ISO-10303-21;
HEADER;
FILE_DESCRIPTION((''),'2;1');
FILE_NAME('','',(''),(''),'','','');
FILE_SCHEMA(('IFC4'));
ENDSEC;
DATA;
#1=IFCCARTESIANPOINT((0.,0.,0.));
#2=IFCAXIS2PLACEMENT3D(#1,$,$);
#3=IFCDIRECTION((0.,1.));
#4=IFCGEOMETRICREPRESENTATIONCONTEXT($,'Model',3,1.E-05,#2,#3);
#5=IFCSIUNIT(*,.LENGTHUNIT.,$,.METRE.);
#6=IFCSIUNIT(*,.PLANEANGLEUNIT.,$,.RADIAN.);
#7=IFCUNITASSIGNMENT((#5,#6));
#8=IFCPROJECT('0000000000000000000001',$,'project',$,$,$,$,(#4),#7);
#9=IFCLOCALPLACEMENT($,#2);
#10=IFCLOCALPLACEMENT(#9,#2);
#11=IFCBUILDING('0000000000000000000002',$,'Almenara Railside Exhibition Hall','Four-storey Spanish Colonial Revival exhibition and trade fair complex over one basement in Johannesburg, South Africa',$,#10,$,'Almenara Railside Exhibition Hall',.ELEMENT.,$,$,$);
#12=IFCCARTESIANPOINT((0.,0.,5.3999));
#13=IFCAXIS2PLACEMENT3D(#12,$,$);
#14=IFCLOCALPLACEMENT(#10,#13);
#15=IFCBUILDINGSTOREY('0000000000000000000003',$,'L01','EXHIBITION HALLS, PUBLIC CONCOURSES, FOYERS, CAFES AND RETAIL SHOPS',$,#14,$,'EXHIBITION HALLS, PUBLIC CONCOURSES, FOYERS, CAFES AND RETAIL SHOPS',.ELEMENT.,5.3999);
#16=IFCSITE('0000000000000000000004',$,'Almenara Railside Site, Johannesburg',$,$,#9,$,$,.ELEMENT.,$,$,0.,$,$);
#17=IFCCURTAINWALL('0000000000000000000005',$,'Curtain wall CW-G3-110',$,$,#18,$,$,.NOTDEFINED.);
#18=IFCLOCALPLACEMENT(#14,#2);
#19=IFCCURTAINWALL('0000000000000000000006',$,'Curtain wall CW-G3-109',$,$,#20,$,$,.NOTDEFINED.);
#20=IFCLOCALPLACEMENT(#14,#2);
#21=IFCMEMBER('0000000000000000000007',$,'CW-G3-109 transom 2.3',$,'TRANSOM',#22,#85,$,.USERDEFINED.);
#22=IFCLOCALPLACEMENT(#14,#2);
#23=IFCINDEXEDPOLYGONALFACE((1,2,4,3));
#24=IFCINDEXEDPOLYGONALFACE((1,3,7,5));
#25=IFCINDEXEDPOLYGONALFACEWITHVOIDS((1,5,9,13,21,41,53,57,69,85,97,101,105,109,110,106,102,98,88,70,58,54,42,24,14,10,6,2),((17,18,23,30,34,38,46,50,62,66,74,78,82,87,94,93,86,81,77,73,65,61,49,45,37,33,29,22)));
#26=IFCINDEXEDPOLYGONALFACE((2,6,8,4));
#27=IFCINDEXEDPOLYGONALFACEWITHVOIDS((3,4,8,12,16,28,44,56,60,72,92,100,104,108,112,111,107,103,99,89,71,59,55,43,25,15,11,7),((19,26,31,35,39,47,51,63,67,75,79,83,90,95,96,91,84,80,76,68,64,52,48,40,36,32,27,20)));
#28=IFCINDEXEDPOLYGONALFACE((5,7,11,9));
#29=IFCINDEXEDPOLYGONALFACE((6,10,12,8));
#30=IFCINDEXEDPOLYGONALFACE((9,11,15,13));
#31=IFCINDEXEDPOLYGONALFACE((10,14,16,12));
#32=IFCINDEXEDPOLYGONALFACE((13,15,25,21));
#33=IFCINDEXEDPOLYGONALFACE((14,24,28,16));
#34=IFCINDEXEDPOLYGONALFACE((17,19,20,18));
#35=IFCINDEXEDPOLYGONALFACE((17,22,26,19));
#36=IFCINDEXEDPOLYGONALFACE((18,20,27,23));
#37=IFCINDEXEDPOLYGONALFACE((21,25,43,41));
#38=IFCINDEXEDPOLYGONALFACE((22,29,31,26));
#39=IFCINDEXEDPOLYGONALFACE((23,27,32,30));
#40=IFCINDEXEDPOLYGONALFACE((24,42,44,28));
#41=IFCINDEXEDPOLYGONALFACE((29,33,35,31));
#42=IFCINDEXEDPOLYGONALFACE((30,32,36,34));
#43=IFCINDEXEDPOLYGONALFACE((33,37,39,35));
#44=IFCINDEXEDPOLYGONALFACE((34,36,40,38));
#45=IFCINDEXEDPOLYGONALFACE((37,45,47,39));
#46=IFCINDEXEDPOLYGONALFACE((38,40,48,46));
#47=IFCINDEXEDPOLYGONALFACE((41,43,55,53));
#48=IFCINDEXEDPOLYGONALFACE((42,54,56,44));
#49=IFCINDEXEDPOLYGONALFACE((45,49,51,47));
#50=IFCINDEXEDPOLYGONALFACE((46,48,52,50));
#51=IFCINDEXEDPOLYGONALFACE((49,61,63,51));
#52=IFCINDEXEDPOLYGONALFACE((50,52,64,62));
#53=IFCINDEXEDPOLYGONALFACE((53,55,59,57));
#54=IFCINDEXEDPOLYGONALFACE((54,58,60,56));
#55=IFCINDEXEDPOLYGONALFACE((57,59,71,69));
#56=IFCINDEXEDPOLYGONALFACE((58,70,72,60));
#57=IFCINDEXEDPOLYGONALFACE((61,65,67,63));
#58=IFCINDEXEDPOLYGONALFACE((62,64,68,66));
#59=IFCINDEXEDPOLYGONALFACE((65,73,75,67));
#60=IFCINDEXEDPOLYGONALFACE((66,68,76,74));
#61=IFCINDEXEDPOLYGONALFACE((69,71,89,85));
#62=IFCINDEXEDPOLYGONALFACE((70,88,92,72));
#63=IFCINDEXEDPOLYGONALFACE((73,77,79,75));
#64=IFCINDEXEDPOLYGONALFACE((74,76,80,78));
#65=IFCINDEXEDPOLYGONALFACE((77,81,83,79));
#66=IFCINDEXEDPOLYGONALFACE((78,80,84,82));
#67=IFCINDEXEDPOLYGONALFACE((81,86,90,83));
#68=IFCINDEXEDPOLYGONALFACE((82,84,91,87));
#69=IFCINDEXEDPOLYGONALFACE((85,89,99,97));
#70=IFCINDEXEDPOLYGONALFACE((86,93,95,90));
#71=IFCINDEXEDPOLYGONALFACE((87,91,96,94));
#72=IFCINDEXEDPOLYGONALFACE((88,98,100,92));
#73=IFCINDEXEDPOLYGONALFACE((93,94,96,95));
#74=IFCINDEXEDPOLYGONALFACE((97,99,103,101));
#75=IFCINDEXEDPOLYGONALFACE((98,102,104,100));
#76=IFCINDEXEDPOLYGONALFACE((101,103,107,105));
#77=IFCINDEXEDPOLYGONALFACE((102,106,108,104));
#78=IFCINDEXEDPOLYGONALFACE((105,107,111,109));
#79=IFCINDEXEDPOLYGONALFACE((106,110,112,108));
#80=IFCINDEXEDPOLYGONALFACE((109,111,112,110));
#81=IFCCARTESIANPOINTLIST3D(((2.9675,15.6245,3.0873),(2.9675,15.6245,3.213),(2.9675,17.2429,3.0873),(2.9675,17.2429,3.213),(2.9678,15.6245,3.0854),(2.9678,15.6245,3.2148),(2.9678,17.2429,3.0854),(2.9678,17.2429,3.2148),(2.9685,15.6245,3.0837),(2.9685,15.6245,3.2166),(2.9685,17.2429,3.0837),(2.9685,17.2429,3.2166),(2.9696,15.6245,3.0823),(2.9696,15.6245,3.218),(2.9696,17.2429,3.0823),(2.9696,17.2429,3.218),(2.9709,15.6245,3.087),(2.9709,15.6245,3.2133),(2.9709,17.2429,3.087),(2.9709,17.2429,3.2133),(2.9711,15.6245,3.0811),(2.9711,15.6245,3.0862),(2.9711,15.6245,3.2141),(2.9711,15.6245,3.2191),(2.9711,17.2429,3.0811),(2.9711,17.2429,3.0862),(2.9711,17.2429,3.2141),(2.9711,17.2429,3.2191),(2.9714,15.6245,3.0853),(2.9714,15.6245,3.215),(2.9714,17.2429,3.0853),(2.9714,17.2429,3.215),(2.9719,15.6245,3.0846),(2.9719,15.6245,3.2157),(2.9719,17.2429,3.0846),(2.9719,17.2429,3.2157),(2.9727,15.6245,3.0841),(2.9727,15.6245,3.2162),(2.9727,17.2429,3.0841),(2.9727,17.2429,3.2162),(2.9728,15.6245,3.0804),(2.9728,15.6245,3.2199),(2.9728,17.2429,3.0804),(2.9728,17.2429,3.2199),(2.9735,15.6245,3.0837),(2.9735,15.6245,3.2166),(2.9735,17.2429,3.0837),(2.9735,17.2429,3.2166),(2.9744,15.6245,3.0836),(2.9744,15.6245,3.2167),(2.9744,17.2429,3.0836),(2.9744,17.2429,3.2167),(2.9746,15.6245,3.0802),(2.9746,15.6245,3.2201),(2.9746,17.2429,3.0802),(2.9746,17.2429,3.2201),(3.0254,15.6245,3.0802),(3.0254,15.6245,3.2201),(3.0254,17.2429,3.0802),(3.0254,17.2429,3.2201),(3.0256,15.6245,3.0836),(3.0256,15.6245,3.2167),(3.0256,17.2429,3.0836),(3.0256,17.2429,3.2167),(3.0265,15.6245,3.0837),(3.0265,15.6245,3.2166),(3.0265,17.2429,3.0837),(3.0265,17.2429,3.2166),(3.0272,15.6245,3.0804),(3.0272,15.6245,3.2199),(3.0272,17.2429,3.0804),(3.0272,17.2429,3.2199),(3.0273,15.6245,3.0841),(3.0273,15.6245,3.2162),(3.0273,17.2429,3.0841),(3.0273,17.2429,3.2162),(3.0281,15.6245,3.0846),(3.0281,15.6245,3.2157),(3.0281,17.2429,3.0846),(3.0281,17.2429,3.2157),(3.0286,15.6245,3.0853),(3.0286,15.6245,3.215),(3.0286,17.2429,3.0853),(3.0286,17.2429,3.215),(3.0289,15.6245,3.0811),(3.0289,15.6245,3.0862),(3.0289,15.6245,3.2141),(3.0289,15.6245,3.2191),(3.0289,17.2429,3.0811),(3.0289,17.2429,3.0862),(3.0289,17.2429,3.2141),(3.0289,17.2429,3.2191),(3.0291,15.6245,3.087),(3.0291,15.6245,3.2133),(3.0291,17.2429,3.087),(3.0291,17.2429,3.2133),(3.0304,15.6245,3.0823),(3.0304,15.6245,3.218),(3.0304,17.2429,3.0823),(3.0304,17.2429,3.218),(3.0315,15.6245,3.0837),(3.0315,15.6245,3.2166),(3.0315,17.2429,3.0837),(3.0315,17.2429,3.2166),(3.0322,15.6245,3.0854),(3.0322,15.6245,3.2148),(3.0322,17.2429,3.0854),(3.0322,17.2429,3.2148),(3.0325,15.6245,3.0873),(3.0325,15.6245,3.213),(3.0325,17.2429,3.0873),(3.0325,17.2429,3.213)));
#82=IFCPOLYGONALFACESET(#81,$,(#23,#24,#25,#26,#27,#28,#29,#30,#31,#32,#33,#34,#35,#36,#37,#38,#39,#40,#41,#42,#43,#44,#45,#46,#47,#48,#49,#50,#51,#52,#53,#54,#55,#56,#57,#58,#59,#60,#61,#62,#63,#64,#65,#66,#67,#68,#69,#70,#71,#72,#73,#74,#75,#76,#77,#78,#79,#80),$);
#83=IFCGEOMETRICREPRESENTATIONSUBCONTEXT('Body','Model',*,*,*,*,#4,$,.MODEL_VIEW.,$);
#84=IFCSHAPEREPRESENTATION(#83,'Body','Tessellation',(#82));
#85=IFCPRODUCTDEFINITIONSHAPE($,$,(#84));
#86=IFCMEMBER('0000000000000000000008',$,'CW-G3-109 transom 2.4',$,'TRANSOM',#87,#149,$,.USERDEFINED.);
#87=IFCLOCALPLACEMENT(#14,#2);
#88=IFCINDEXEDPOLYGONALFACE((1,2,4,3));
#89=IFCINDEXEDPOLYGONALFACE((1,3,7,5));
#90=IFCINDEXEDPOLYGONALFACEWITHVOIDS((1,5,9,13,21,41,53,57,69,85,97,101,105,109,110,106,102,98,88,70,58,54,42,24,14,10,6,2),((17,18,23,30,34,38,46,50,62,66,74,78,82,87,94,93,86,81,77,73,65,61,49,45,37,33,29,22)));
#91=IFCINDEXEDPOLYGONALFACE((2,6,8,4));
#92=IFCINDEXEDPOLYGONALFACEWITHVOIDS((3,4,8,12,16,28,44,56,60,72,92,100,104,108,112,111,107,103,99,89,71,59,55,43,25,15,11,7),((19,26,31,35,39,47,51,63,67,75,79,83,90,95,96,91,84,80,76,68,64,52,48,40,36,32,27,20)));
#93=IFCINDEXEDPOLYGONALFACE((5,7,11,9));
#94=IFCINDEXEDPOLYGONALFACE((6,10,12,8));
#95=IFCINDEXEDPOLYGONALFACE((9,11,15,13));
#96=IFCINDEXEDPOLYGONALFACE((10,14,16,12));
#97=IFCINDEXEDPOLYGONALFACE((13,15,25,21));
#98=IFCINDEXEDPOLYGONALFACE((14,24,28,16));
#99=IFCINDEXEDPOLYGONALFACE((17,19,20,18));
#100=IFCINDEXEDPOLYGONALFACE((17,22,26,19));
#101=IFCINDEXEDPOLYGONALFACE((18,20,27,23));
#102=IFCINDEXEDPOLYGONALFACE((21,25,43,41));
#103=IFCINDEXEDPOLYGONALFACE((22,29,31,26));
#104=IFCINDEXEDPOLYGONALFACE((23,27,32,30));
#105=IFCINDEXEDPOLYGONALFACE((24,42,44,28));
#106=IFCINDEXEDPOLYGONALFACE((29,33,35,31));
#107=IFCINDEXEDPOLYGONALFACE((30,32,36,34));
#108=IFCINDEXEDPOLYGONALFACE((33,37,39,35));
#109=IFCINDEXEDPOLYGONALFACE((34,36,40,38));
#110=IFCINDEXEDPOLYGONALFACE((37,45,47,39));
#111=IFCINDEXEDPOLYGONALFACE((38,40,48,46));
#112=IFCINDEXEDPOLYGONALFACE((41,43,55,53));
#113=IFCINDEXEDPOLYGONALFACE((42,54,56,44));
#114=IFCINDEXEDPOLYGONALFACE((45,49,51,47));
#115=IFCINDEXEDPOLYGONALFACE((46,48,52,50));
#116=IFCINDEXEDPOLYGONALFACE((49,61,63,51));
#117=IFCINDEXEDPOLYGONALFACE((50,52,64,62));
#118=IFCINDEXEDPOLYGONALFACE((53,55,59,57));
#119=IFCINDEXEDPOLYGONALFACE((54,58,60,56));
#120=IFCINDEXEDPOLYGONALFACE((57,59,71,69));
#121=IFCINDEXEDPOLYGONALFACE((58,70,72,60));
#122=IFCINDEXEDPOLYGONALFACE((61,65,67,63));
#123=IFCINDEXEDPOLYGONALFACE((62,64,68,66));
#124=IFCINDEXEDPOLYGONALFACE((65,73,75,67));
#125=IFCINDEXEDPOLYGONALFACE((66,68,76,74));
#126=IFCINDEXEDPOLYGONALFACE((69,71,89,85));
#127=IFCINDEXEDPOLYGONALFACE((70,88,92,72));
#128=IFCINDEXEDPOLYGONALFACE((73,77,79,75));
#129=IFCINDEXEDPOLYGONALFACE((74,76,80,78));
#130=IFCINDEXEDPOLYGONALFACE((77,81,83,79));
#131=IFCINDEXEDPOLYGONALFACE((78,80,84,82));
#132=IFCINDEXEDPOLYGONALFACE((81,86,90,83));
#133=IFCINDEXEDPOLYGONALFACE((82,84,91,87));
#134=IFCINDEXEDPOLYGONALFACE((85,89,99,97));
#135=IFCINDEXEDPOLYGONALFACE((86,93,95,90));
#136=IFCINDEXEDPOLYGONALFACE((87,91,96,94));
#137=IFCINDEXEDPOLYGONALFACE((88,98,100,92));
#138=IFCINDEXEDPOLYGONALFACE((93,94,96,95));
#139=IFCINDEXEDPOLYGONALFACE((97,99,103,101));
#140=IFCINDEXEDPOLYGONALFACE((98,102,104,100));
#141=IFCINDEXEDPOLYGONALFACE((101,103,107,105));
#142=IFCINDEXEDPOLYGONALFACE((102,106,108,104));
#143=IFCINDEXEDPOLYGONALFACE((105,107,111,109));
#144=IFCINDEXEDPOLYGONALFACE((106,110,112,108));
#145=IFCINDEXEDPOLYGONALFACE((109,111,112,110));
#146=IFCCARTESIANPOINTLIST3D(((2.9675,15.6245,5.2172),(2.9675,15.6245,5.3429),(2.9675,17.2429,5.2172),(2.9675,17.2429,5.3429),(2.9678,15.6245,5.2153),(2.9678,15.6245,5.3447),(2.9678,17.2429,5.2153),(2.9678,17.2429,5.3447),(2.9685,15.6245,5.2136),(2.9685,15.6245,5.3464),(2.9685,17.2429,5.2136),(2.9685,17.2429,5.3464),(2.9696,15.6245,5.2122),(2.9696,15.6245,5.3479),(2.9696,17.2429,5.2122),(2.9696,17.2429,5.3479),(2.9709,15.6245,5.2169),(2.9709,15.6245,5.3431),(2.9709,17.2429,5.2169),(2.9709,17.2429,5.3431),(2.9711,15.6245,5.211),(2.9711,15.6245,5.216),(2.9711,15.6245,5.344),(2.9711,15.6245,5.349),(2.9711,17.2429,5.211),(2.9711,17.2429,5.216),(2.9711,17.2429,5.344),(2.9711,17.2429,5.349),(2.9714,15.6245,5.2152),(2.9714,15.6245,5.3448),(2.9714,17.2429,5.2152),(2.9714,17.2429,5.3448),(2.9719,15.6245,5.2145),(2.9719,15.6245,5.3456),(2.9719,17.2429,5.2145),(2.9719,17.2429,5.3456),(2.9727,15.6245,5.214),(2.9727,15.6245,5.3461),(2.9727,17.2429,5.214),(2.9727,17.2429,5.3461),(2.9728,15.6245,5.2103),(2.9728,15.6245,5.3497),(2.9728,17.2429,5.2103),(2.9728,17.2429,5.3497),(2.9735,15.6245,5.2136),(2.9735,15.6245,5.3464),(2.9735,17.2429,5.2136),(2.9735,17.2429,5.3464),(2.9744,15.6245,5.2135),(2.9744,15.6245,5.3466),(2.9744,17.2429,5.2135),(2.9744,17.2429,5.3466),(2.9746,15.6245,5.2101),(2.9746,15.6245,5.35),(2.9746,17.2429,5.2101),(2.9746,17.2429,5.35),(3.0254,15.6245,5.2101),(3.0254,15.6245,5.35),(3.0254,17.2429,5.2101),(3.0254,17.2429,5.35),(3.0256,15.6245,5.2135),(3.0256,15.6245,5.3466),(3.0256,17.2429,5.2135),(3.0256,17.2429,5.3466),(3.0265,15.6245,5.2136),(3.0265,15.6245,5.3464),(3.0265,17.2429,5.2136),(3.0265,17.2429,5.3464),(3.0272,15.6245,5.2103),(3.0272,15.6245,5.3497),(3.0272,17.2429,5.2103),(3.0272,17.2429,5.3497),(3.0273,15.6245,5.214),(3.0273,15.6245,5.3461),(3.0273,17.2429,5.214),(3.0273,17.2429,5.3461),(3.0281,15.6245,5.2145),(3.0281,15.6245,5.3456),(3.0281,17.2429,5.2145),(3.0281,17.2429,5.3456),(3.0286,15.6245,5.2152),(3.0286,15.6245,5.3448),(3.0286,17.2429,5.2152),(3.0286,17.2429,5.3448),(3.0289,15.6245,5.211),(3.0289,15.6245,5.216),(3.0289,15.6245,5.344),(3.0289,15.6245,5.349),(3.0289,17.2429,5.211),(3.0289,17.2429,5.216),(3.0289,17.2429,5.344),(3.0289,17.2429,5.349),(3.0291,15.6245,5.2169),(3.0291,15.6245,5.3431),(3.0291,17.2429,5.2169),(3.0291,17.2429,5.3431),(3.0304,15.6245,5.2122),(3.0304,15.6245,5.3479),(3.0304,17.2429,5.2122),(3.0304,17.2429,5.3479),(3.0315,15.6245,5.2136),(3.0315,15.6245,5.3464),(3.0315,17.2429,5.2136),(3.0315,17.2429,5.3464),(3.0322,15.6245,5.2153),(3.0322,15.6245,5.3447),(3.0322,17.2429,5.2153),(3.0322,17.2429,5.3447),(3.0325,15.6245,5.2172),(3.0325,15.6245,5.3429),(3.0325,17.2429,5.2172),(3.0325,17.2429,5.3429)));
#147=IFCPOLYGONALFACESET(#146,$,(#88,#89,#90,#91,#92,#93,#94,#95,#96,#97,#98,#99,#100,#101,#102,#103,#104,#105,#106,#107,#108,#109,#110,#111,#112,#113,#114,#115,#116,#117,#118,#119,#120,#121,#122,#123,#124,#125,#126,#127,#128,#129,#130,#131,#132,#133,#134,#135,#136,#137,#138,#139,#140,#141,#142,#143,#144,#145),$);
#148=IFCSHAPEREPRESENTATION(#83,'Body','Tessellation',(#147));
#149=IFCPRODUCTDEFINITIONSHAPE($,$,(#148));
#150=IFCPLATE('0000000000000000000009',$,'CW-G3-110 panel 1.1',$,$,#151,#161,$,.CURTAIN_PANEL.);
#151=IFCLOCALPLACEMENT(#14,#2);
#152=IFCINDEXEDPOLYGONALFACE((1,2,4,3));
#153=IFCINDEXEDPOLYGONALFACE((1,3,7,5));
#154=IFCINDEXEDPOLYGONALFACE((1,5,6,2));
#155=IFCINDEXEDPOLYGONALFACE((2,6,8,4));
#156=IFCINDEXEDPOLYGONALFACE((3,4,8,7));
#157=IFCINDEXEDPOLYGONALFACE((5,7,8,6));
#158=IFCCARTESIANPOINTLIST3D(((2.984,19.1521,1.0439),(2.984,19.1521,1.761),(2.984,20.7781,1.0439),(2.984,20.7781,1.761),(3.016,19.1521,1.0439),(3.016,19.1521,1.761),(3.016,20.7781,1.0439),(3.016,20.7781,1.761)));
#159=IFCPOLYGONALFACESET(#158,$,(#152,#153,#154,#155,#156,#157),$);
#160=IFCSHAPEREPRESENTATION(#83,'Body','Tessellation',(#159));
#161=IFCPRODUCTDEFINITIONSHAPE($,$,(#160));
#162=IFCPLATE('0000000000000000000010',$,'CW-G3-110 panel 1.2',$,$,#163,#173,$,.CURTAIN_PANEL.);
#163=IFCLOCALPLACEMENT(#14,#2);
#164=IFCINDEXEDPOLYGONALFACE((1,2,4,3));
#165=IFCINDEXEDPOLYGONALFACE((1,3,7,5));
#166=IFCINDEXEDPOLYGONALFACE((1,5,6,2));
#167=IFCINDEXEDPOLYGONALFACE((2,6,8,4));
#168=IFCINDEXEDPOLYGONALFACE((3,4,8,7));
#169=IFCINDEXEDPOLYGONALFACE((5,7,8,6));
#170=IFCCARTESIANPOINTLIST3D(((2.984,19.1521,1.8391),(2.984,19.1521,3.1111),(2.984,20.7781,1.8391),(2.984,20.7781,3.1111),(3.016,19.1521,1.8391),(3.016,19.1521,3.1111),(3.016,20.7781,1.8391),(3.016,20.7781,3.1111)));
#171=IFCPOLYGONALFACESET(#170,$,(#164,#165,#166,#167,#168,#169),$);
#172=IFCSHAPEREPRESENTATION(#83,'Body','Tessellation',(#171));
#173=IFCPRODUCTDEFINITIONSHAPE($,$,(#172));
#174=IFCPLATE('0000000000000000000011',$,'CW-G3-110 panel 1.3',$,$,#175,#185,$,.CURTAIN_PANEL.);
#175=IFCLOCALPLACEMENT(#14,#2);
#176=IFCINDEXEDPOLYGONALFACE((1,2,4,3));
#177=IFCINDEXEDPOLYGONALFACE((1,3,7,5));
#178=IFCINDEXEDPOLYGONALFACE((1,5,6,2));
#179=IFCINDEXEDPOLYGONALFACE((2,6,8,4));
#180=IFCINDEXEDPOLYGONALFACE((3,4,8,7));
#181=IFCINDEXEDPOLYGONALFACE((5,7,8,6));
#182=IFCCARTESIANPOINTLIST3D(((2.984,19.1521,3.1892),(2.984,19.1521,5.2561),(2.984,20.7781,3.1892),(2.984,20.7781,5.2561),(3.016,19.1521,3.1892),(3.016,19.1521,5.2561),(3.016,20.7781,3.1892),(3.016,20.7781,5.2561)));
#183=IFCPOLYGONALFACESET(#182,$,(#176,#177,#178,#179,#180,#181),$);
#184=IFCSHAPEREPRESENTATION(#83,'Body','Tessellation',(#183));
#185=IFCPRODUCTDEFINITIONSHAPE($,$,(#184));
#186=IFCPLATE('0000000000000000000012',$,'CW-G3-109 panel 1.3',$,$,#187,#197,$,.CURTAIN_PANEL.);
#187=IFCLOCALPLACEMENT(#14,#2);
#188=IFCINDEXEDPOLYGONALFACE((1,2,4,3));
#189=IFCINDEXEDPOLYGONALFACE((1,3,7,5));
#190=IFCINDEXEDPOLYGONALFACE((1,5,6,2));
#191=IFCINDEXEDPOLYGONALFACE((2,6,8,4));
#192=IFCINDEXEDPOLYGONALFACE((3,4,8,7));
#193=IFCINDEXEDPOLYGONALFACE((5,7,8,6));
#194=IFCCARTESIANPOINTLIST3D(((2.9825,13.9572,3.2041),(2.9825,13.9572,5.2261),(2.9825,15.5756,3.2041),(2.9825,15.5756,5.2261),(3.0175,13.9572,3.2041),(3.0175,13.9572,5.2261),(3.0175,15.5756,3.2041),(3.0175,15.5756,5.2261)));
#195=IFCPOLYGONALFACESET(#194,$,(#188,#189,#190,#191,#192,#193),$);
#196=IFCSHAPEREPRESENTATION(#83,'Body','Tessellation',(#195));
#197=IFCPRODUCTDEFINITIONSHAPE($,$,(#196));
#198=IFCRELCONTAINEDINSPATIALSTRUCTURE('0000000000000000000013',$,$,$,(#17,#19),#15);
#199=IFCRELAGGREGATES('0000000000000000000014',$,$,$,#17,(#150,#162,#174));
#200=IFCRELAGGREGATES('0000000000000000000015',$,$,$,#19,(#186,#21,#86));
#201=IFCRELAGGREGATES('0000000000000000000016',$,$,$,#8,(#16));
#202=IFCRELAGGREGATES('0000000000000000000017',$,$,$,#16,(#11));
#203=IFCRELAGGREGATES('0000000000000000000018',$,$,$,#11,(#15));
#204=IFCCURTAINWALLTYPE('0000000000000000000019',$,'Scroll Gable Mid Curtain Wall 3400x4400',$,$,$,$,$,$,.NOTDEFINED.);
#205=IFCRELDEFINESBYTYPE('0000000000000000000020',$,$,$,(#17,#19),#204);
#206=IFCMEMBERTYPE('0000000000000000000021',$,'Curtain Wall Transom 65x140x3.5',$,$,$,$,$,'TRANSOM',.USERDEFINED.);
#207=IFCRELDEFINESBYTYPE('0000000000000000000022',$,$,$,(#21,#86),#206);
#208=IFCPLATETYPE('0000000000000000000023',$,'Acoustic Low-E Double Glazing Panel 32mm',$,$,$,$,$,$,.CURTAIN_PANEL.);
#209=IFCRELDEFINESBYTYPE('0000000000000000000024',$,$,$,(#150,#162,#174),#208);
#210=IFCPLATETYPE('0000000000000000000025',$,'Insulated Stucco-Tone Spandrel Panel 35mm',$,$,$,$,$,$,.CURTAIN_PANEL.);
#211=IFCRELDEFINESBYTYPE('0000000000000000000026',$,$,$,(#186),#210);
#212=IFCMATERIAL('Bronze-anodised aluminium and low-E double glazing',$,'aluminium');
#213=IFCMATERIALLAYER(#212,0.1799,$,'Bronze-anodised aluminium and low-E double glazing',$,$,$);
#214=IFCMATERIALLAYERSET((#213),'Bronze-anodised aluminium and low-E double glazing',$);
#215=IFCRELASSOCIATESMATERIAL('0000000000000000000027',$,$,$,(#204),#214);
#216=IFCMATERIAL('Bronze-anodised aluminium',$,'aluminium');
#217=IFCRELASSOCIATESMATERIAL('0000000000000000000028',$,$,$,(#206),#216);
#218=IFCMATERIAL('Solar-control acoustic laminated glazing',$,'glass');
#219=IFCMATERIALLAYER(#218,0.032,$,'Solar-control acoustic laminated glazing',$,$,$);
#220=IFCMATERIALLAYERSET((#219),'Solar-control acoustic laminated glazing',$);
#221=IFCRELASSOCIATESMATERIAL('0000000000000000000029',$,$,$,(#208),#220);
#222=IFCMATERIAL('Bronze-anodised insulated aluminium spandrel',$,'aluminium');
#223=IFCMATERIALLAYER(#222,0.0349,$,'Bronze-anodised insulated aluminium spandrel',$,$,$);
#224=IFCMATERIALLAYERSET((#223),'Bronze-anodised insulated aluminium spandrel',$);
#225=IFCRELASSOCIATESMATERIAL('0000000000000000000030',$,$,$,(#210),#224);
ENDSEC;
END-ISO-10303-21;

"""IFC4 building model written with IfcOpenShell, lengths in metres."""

from ifc_helpers import new_model, si_unit, direction, frame, origin, origin_2d, place, context, subcontext, project, spatial, rectangle, hollow_rectangle, extrude, material, layer, layer_set, material_profile, profile_set, type_object, element, aggregate, save


model = new_model("IFC4")

# Units and contexts
model_context = context("Model", 3, precision=1e-05, world=origin(), true_north=direction((0.0, 1.0)))
body_context = subcontext(model_context, "Body", "Model", "MODEL_VIEW")
ifc_project = project(units=[si_unit("LENGTHUNIT", "METRE"), si_unit("PLANEANGLEUNIT", "RADIAN")], contexts=[model_context])

# Site, building, storey
site_placement = place(None, origin())
site = spatial("IfcSite", under=ifc_project, at=site_placement, Name="Almenara Railside Site, Johannesburg", CompositionType="ELEMENT", RefElevation=0.0)
building_placement = place(site_placement, origin())
building = spatial("IfcBuilding", under=site, at=building_placement, Name="Almenara Railside Exhibition Hall", Description="Four-storey Spanish Colonial Revival exhibition and trade fair complex over one basement in Johannesburg, South Africa", LongName="Almenara Railside Exhibition Hall", CompositionType="ELEMENT")
storey_placement = place(building_placement, frame((0.0, 0.0, 5.3999)))
storey = spatial("IfcBuildingStorey", under=building, at=storey_placement, Name="L01", Description="EXHIBITION HALLS, PUBLIC CONCOURSES, FOYERS, CAFES AND RETAIL SHOPS", LongName="EXHIBITION HALLS, PUBLIC CONCOURSES, FOYERS, CAFES AND RETAIL SHOPS", CompositionType="ELEMENT", Elevation=5.3999)

# Curtain walls
ifc_material_1 = material(Name="Bronze-anodised aluminium and low-E double glazing", Category="aluminium")
ifc_layer_1 = layer(ifc_material_1, 0.1799, Name="Bronze-anodised aluminium and low-E double glazing")
ifc_layer_set_1 = layer_set([ifc_layer_1], Name="Bronze-anodised aluminium and low-E double glazing")
curtain_wall_type = type_object("IfcCurtainWallType", Name="Scroll Gable Mid Curtain Wall 3400x4400", PredefinedType="NOTDEFINED", material=ifc_layer_set_1)
curtain_wall_1_placement = place(storey_placement, origin())
curtain_wall_1 = element("IfcCurtainWall", 1, at=curtain_wall_1_placement, inside=storey, type_object=curtain_wall_type, Name="Curtain wall CW-G3-110", PredefinedType="NOTDEFINED")
ifc_material_2 = material(Name="Bronze-anodised aluminium", Category="aluminium")
curtain_wall_2_placement = place(storey_placement, origin())
curtain_wall_2 = element("IfcCurtainWall", 2, at=curtain_wall_2_placement, inside=storey, type_object=curtain_wall_type, Name="Curtain wall CW-G3-109", PredefinedType="NOTDEFINED")

# Members
ifc_material_profile_1 = material_profile(ifc_material_2, hollow_rectangle(XDim=0.0649, YDim=0.1399, WallThickness=0.0034, InnerFilletRadius=0.0034, OuterFilletRadius=0.0071, at=origin_2d()), Name="ALU-TRN 65x140x3.5")
ifc_profile_set_1 = profile_set([ifc_material_profile_1], Name="Bronze-anodised aluminium")
member_type_1 = type_object("IfcMemberType", Name="Curtain Wall Transom 65x140x3.5", ElementType="TRANSOM", PredefinedType="USERDEFINED", material=ifc_profile_set_1)
member_1_placement = place(storey_placement, frame((3.0, 15.6245, 3.1501), z_axis=(0.0, 1.0, 0.0), x_axis=(-1.0, 0.0, 0.0)))
member_1 = element("IfcMember", 3, at=member_1_placement, type_object=member_type_1, Name="CW-G3-109 transom 2.3", ObjectType="TRANSOM", PredefinedType="USERDEFINED", context=body_context, shape_type="SweptSolid", body=[
    extrude(hollow_rectangle(XDim=0.0649, YDim=0.1399, WallThickness=0.0034, InnerFilletRadius=0.0034, OuterFilletRadius=0.0071, at=origin_2d()), origin(), (0.0, 0.0, 1.0), 1.6184),
])
member_2_placement = place(storey_placement, frame((3.0, 15.6245, 5.28), z_axis=(0.0, 1.0, 0.0), x_axis=(-1.0, 0.0, 0.0)))
member_2 = element("IfcMember", 4, at=member_2_placement, type_object=member_type_1, Name="CW-G3-109 transom 2.4", ObjectType="TRANSOM", PredefinedType="USERDEFINED", context=body_context, shape_type="SweptSolid", body=[
    extrude(hollow_rectangle(XDim=0.0649, YDim=0.1399, WallThickness=0.0034, InnerFilletRadius=0.0034, OuterFilletRadius=0.0071, at=origin_2d()), origin(), (0.0, 0.0, 1.0), 1.6184),
])

# Plates
ifc_material_3 = material(Name="Solar-control acoustic laminated glazing", Category="glass")
ifc_layer_2 = layer(ifc_material_3, 0.032, Name="Solar-control acoustic laminated glazing")
ifc_layer_set_2 = layer_set([ifc_layer_2], Name="Solar-control acoustic laminated glazing")
plate_type_1 = type_object("IfcPlateType", Name="Acoustic Low-E Double Glazing Panel 32mm", PredefinedType="CURTAIN_PANEL", material=ifc_layer_set_2)
plate_1_placement = place(storey_placement, frame((3.0, 19.9651, 1.0439), z_axis=(0.0, 0.0, 1.0), x_axis=(0.0, 1.0, 0.0)))
plate_1 = element("IfcPlate", 5, at=plate_1_placement, type_object=plate_type_1, Name="CW-G3-110 panel 1.1", PredefinedType="CURTAIN_PANEL", context=body_context, shape_type="SweptSolid", body=[
    extrude(rectangle(XDim=1.626, YDim=0.032, at=origin_2d()), origin(), (0.0, 0.0, 1.0), 0.717),
])
plate_2_placement = place(storey_placement, frame((3.0, 19.9651, 1.8391), z_axis=(0.0, 0.0, 1.0), x_axis=(0.0, 1.0, 0.0)))
plate_2 = element("IfcPlate", 6, at=plate_2_placement, type_object=plate_type_1, Name="CW-G3-110 panel 1.2", PredefinedType="CURTAIN_PANEL", context=body_context, shape_type="SweptSolid", body=[
    extrude(rectangle(XDim=1.626, YDim=0.032, at=origin_2d()), origin(), (0.0, 0.0, 1.0), 1.272),
])
plate_3_placement = place(storey_placement, frame((3.0, 19.9651, 3.1892), z_axis=(0.0, 0.0, 1.0), x_axis=(0.0, 1.0, 0.0)))
plate_3 = element("IfcPlate", 7, at=plate_3_placement, type_object=plate_type_1, Name="CW-G3-110 panel 1.3", PredefinedType="CURTAIN_PANEL", context=body_context, shape_type="SweptSolid", body=[
    extrude(rectangle(XDim=1.626, YDim=0.032, at=origin_2d()), origin(), (0.0, 0.0, 1.0), 2.0669),
])
aggregate(curtain_wall_1, [plate_1, plate_2, plate_3])
ifc_material_4 = material(Name="Bronze-anodised insulated aluminium spandrel", Category="aluminium")
ifc_layer_3 = layer(ifc_material_4, 0.0349, Name="Bronze-anodised insulated aluminium spandrel")
ifc_layer_set_3 = layer_set([ifc_layer_3], Name="Bronze-anodised insulated aluminium spandrel")
plate_type_2 = type_object("IfcPlateType", Name="Insulated Stucco-Tone Spandrel Panel 35mm", PredefinedType="CURTAIN_PANEL", material=ifc_layer_set_3)
plate_4_placement = place(storey_placement, frame((3.0, 14.7664, 3.2041), z_axis=(0.0, 0.0, 1.0), x_axis=(0.0, 1.0, 0.0)))
plate_4 = element("IfcPlate", 8, at=plate_4_placement, type_object=plate_type_2, Name="CW-G3-109 panel 1.3", PredefinedType="CURTAIN_PANEL", context=body_context, shape_type="SweptSolid", body=[
    extrude(rectangle(XDim=1.6184, YDim=0.0349, at=origin_2d()), origin(), (0.0, 0.0, 1.0), 2.022),
])
aggregate(curtain_wall_2, [plate_4, member_1, member_2])

save(model, "model.ifc")
